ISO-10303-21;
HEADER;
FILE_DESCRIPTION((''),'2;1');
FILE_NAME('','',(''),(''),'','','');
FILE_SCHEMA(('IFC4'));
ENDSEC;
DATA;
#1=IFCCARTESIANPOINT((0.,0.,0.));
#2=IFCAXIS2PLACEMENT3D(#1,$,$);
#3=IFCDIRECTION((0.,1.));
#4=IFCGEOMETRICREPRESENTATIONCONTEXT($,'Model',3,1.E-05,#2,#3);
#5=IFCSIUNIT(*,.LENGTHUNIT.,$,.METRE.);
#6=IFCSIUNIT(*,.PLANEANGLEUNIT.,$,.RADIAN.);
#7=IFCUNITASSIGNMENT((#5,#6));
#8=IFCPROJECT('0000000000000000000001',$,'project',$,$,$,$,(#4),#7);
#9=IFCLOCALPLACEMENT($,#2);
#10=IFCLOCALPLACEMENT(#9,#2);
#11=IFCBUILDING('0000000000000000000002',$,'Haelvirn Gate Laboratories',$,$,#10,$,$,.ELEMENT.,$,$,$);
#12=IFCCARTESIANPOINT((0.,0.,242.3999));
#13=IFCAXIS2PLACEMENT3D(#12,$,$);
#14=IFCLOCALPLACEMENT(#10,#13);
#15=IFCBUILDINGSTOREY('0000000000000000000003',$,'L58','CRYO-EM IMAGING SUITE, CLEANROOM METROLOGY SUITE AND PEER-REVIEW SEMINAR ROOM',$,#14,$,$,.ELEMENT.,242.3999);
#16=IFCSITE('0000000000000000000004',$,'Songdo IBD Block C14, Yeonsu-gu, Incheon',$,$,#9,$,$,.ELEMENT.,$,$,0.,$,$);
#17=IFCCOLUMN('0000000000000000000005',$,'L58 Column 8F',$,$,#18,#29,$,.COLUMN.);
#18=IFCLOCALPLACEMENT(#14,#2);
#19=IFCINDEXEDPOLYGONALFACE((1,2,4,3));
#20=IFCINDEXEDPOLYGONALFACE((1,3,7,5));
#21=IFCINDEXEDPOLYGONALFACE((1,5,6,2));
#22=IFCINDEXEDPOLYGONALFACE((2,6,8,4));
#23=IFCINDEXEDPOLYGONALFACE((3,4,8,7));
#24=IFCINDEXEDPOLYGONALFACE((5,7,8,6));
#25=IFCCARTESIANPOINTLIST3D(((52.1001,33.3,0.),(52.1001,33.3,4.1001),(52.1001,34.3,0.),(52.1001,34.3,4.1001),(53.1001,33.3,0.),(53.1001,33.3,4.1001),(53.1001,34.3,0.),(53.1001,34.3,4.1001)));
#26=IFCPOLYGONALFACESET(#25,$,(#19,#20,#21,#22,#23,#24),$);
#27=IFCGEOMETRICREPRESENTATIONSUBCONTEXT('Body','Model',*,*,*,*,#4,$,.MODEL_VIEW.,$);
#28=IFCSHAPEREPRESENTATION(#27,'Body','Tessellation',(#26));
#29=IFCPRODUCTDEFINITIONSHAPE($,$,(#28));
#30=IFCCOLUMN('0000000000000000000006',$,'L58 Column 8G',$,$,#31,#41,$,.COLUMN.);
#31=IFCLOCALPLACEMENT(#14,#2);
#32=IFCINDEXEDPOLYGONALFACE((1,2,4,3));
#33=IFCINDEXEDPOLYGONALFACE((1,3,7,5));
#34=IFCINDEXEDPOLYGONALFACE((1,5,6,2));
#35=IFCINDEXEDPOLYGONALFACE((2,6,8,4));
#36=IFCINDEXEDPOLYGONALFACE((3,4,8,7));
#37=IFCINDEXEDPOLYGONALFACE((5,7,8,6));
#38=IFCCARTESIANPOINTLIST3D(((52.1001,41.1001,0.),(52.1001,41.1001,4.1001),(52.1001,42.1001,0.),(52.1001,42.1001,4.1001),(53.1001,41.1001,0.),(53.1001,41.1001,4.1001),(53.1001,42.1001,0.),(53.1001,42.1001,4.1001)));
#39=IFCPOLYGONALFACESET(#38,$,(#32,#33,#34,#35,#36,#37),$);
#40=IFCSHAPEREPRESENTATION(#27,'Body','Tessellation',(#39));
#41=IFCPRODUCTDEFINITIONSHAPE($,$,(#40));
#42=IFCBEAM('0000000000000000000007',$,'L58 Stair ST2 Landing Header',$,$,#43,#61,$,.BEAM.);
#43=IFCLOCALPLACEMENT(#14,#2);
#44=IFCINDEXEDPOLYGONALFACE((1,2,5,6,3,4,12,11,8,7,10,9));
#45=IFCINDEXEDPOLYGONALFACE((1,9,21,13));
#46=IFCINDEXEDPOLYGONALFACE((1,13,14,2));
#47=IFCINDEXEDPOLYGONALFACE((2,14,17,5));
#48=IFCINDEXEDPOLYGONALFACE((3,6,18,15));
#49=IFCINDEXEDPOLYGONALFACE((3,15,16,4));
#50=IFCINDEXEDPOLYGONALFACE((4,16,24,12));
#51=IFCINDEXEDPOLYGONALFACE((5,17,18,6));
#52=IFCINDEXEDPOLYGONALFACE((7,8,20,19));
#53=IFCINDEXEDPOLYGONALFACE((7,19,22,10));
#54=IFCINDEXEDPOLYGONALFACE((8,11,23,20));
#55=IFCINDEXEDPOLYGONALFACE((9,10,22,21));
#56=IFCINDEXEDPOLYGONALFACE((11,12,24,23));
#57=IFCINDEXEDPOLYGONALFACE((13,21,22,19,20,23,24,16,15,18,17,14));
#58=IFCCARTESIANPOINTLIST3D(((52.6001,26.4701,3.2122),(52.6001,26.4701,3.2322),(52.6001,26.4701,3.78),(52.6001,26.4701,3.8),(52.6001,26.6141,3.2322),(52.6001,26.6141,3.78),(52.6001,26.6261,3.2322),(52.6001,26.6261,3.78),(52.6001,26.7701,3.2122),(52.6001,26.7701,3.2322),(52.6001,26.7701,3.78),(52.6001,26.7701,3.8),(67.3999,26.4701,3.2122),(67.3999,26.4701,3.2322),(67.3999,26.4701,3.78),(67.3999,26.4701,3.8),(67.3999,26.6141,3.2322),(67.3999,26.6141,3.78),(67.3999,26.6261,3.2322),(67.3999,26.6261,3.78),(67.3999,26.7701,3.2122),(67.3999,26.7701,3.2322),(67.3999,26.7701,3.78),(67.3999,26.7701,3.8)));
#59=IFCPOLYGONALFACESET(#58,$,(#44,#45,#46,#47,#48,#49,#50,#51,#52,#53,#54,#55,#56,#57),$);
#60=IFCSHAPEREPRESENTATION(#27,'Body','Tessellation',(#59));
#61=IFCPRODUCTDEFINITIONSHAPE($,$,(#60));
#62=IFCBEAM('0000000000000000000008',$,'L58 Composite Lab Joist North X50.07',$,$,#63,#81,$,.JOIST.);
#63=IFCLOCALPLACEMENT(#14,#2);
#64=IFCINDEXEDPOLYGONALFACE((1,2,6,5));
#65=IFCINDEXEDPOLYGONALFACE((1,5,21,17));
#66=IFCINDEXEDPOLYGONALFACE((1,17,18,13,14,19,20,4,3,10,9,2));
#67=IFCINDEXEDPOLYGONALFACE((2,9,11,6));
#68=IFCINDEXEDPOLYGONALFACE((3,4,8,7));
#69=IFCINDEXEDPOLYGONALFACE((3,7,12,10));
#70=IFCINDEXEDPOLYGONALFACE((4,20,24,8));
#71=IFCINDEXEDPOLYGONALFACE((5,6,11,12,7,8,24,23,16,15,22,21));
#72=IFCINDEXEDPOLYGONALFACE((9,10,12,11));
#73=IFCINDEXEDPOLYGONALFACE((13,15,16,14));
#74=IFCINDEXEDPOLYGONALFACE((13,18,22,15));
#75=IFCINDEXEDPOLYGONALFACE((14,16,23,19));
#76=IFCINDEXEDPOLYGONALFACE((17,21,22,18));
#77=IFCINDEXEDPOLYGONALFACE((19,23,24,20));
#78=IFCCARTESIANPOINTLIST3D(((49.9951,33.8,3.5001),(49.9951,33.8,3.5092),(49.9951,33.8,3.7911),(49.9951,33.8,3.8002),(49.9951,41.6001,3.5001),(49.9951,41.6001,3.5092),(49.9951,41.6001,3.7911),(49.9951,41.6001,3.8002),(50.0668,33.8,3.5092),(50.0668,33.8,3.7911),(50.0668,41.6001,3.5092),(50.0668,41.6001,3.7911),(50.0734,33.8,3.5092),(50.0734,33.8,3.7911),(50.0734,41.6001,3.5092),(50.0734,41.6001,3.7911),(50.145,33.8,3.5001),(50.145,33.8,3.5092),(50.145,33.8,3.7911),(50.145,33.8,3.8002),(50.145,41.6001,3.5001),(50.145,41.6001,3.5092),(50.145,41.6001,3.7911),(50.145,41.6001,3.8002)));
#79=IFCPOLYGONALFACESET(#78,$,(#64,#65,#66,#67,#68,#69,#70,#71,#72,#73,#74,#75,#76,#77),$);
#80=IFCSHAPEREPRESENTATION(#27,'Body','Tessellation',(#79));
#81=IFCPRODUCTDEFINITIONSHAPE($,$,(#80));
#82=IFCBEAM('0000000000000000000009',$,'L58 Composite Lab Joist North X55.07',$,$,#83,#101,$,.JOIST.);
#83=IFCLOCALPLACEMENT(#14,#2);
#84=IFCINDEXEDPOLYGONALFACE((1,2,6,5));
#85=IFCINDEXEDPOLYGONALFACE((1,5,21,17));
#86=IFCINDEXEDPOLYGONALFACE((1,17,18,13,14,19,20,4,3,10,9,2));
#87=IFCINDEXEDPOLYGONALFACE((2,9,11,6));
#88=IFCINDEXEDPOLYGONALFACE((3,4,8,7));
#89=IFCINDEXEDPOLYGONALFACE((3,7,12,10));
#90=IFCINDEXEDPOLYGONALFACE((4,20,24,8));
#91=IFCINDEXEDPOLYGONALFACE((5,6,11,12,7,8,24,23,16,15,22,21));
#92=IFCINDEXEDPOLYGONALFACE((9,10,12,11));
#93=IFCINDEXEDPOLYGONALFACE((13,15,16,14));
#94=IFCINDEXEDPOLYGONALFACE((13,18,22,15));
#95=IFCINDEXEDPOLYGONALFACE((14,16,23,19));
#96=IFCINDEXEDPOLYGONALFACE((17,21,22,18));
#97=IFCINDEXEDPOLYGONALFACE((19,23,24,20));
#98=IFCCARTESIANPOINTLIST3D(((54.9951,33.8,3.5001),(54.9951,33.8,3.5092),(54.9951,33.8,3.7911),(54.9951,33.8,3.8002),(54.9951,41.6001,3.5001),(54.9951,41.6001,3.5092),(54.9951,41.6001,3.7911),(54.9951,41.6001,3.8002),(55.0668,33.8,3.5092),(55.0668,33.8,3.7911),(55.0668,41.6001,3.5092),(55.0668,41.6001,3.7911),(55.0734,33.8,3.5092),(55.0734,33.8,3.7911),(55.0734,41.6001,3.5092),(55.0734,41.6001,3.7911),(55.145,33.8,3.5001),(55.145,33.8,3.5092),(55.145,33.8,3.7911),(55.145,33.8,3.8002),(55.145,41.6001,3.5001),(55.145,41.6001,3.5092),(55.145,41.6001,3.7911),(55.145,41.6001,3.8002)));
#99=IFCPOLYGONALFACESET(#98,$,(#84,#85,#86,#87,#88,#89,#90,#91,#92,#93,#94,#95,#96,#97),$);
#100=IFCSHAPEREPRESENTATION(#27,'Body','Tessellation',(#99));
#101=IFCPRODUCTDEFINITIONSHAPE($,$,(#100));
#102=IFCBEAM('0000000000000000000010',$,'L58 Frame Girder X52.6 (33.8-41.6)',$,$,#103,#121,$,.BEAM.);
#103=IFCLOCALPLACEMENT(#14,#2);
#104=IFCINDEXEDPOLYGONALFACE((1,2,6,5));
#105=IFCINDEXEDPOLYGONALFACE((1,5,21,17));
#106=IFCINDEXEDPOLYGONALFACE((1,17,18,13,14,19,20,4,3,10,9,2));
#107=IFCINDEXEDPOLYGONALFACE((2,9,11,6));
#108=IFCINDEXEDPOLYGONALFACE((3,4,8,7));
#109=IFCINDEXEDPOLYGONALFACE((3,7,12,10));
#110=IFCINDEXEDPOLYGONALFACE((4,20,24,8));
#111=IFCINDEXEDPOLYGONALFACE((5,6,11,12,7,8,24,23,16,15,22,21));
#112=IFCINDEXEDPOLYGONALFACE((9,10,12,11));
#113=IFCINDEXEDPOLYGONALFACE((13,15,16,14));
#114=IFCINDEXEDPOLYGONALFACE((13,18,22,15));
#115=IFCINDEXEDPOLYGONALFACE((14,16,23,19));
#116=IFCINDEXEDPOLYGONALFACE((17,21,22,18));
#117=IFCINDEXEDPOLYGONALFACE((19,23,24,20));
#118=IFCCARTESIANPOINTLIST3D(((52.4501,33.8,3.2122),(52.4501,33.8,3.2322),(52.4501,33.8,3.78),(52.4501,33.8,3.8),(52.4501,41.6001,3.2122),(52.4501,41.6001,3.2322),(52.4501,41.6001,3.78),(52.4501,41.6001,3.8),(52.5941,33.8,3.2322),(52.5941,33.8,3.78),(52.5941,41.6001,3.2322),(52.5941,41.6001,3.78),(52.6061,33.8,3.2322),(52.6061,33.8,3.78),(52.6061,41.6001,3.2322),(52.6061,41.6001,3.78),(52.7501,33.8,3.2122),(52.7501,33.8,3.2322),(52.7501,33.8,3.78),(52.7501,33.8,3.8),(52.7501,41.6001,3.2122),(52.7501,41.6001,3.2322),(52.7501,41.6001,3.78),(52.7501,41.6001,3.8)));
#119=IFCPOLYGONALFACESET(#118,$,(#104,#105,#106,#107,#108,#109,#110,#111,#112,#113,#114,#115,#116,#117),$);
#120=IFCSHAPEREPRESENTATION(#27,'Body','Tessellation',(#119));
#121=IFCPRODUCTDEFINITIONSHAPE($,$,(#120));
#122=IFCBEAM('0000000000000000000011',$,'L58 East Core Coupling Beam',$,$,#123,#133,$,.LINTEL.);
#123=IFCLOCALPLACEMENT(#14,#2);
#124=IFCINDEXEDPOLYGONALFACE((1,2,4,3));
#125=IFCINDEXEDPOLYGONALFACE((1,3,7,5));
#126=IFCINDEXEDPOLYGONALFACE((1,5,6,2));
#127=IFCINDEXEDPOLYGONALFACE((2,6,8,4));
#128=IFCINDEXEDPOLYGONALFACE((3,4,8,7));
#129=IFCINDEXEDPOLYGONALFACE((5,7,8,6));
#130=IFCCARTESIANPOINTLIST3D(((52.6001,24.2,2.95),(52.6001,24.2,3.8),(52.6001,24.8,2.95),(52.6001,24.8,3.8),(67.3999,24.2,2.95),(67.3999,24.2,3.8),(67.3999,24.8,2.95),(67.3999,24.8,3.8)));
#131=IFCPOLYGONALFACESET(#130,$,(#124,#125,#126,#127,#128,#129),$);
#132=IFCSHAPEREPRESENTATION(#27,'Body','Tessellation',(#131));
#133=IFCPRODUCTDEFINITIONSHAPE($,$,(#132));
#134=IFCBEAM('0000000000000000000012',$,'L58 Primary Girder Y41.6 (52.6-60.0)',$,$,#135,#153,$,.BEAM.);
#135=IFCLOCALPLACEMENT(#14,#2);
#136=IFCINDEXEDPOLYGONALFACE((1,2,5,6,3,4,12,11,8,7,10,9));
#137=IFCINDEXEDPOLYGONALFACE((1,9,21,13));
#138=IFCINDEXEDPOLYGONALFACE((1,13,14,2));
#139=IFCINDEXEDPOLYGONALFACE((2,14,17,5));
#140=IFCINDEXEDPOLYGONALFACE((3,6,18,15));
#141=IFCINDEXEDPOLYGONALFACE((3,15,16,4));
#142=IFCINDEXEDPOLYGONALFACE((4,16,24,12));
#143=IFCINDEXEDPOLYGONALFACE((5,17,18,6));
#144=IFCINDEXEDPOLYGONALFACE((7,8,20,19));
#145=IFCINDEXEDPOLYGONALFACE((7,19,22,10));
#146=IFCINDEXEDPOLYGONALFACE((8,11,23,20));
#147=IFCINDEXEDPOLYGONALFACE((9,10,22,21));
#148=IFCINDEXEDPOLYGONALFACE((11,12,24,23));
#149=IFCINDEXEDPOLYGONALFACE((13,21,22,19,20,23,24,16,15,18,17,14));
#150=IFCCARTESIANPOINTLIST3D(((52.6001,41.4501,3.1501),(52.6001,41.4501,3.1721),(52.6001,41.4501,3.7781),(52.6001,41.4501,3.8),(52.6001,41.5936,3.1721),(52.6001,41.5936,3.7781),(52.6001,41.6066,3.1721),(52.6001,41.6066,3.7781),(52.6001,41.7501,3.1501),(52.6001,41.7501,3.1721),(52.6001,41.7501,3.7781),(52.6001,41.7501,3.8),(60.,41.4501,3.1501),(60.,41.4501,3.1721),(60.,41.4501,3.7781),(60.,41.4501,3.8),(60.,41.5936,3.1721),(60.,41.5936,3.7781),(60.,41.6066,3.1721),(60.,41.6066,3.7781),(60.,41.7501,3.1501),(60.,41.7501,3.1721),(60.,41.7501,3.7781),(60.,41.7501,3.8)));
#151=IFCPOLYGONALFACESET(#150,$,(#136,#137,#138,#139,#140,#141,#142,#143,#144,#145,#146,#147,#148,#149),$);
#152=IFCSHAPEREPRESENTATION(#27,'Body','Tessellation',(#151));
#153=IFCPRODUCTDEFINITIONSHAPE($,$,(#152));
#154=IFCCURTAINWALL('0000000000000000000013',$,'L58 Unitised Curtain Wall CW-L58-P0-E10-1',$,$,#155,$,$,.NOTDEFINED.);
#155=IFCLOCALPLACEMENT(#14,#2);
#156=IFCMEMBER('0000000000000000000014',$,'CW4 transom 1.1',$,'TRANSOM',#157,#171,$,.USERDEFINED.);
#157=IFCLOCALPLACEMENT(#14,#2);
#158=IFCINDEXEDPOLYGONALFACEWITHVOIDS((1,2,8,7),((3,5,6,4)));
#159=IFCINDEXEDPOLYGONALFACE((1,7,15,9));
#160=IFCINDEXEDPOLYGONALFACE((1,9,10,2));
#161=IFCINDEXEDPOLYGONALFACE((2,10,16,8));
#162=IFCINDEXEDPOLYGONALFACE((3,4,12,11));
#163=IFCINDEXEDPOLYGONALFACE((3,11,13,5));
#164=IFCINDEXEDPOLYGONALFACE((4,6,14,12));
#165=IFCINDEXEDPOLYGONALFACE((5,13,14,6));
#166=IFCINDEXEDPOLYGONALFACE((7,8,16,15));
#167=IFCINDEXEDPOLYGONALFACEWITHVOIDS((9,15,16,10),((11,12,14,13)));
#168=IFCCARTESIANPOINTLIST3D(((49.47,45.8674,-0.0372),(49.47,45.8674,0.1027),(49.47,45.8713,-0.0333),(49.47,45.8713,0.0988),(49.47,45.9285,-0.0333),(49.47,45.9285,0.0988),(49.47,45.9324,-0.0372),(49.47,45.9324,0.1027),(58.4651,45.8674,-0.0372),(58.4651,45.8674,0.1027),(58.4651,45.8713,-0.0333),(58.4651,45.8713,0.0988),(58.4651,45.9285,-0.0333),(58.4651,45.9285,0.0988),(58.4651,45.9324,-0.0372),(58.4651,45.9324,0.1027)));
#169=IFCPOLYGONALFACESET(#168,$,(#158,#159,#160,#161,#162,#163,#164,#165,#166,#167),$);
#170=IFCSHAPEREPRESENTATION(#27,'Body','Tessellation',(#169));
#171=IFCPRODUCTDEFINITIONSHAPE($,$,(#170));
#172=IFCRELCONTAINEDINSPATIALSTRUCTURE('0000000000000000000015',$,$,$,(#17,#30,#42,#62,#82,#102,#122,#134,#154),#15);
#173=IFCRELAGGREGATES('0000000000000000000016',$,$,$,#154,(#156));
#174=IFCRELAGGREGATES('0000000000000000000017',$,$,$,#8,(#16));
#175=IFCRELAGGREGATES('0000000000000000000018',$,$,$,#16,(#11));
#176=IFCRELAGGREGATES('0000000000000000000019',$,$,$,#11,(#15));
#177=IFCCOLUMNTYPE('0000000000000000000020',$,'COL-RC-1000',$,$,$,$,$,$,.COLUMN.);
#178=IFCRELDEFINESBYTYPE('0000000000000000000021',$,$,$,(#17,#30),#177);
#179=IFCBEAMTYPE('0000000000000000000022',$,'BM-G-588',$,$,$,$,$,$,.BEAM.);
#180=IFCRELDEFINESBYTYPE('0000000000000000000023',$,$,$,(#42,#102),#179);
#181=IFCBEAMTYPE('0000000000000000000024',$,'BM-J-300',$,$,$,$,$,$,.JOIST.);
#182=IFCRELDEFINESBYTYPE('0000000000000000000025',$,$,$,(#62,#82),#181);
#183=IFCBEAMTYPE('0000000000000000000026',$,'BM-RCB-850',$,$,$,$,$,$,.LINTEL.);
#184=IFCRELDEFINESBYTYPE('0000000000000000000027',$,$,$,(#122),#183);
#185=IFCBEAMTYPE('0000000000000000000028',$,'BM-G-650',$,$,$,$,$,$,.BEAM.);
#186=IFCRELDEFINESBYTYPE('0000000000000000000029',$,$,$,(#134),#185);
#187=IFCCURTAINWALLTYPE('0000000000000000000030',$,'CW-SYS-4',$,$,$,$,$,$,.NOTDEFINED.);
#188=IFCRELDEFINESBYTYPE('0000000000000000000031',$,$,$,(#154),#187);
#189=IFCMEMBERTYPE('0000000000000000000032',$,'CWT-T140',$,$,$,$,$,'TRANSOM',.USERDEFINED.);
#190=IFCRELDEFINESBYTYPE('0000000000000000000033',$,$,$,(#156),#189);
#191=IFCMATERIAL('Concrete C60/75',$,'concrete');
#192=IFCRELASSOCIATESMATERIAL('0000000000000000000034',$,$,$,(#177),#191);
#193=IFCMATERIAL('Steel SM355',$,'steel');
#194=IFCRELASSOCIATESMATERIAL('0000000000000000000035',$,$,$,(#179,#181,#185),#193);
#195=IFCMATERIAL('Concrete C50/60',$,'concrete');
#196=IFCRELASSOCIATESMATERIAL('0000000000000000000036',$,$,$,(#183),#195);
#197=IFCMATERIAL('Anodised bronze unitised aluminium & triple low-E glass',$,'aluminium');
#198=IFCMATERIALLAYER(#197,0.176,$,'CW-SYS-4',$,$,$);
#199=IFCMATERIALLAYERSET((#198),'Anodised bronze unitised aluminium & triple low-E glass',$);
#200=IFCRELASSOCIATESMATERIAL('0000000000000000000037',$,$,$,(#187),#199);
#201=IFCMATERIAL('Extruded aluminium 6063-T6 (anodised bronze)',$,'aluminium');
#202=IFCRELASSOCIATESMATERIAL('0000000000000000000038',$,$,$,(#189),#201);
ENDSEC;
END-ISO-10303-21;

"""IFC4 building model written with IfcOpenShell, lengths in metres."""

from ifc_helpers import new_model, si_unit, direction, frame, origin, origin_2d, place, context, subcontext, project, spatial, rectangle, hollow_rectangle, i_section, extrude, source, transform, mapped, material, layer, layer_set, material_profile, profile_set, type_object, type_shapes, element, aggregate, save


model = new_model("IFC4")

# Units and contexts
model_context = context("Model", 3, precision=1e-05, world=origin(), true_north=direction((0.0, 1.0)))
body_context = subcontext(model_context, "Body", "Model", "MODEL_VIEW")
ifc_project = project(units=[si_unit("LENGTHUNIT", "METRE"), si_unit("PLANEANGLEUNIT", "RADIAN")], contexts=[model_context])

# Site, building, storey
site_placement = place(None, origin())
site = spatial("IfcSite", under=ifc_project, at=site_placement, Name="Songdo IBD Block C14, Yeonsu-gu, Incheon", CompositionType="ELEMENT", RefElevation=0.0)
building_placement = place(site_placement, origin())
building = spatial("IfcBuilding", under=site, at=building_placement, Name="Haelvirn Gate Laboratories", CompositionType="ELEMENT")
storey_placement = place(building_placement, frame((0.0, 0.0, 242.3999)))
storey = spatial("IfcBuildingStorey", under=building, at=storey_placement, Name="L58", Description="CRYO-EM IMAGING SUITE, CLEANROOM METROLOGY SUITE AND PEER-REVIEW SEMINAR ROOM", CompositionType="ELEMENT", Elevation=242.3999)

# Columns
ifc_material_1 = material(Name="Concrete C60/75", Category="concrete")
ifc_material_profile_1 = material_profile(ifc_material_1, rectangle(XDim=1.0, YDim=1.0, at=origin_2d()), Name="RC-1000x1000")
ifc_profile_set_1 = profile_set([ifc_material_profile_1], Name="Concrete C60/75")
column_type = type_object("IfcColumnType", Name="COL-RC-1000", PredefinedType="COLUMN", material=ifc_profile_set_1)
shared_shape_1 = source(origin(), body_context, "Body", "SweptSolid", [
    extrude(rectangle(XDim=1.0, YDim=1.0, at=origin_2d()), origin(), (0.0, 0.0, 1.0), 4.1001),
])
type_shapes(column_type, [shared_shape_1])
for number, where, z_axis, x_axis, name in (
    (1, (52.6001, 33.8, 0.0), (0.0, 0.0, 1.0), (1.0, 0.0, 0.0), "L58 Column 8F"),
    (2, (52.6001, 41.6001, 0.0), (0.0, 0.0, 1.0), (1.0, 0.0, 0.0), "L58 Column 8G"),
):
    element("IfcColumn", number, at=place(storey_placement, frame(where, z_axis=z_axis, x_axis=x_axis)), inside=storey, type_object=column_type, Name=name, PredefinedType="COLUMN", context=body_context, shape_type="MappedRepresentation", body=[
        mapped(shared_shape_1, transform((0.0, 0.0, 0.0), scale=1.0)),
    ])

# Beams
ifc_material_2 = material(Name="Steel SM355", Category="steel")
ifc_material_profile_2 = material_profile(ifc_material_2, i_section(OverallWidth=0.3, OverallDepth=0.5879, WebThickness=0.012, FlangeThickness=0.02, at=origin_2d()), Name="H-588x300x12x20")
ifc_profile_set_2 = profile_set([ifc_material_profile_2], Name="Steel SM355")
beam_type_1 = type_object("IfcBeamType", Name="BM-G-588", PredefinedType="BEAM", material=ifc_profile_set_2)
shared_shape_2 = source(origin(), body_context, "Body", "SweptSolid", [
    extrude(i_section(OverallWidth=0.3, OverallDepth=0.5879, WebThickness=0.012, FlangeThickness=0.02, at=origin_2d()), origin(), (0.0, 0.0, 1.0), 14.7998),
])
beam_1_placement = place(storey_placement, frame((52.6001, 26.6201, 3.5061), z_axis=(1.0, 0.0, 0.0), x_axis=(0.0, 1.0, 0.0)))
element("IfcBeam", 3, at=beam_1_placement, inside=storey, type_object=beam_type_1, Name="L58 Stair ST2 Landing Header", PredefinedType="BEAM", context=body_context, shape_type="MappedRepresentation", body=[
    mapped(shared_shape_2, transform((0.0, 0.0, 0.0), scale=1.0)),
])
ifc_material_profile_3 = material_profile(ifc_material_2, i_section(OverallWidth=0.1499, OverallDepth=0.3, WebThickness=0.0066, FlangeThickness=0.009, at=origin_2d()), Name="H-300x150x6.5x9")
ifc_profile_set_3 = profile_set([ifc_material_profile_3], Name="Steel SM355")
beam_type_2 = type_object("IfcBeamType", Name="BM-J-300", PredefinedType="JOIST", material=ifc_profile_set_3)
shared_shape_3 = source(origin(), body_context, "Body", "SweptSolid", [
    extrude(i_section(OverallWidth=0.1499, OverallDepth=0.3, WebThickness=0.0066, FlangeThickness=0.009, at=origin_2d()), origin(), (0.0, 0.0, 1.0), 7.8),
])
type_shapes(beam_type_2, [shared_shape_3])
for number, where, z_axis, x_axis, name in (
    (4, (50.0701, 33.8, 3.6501), (0.0, 1.0, 0.0), (-1.0, 0.0, 0.0), "L58 Composite Lab Joist North X50.07"),
    (5, (55.0701, 33.8, 3.6501), (0.0, 1.0, 0.0), (-1.0, 0.0, 0.0), "L58 Composite Lab Joist North X55.07"),
):
    element("IfcBeam", number, at=place(storey_placement, frame(where, z_axis=z_axis, x_axis=x_axis)), inside=storey, type_object=beam_type_2, Name=name, PredefinedType="JOIST", context=body_context, shape_type="MappedRepresentation", body=[
        mapped(shared_shape_3, transform((0.0, 0.0, 0.0), scale=1.0)),
    ])
shared_shape_4 = source(origin(), body_context, "Body", "SweptSolid", [
    extrude(i_section(OverallWidth=0.3, OverallDepth=0.5879, WebThickness=0.012, FlangeThickness=0.02, at=origin_2d()), origin(), (0.0, 0.0, 1.0), 7.8),
])
type_shapes(beam_type_1, [shared_shape_2, shared_shape_4])
beam_2_placement = place(storey_placement, frame((52.6001, 33.8, 3.5061), z_axis=(0.0, 1.0, 0.0), x_axis=(-1.0, 0.0, 0.0)))
element("IfcBeam", 6, at=beam_2_placement, inside=storey, type_object=beam_type_1, Name="L58 Frame Girder X52.6 (33.8-41.6)", PredefinedType="BEAM", context=body_context, shape_type="MappedRepresentation", body=[
    mapped(shared_shape_4, transform((0.0, 0.0, 0.0), scale=1.0)),
])
ifc_material_3 = material(Name="Concrete C50/60", Category="concrete")
ifc_material_profile_4 = material_profile(ifc_material_3, rectangle(XDim=0.6001, YDim=0.8501, at=origin_2d()), Name="RCB-600x850")
ifc_profile_set_4 = profile_set([ifc_material_profile_4], Name="Concrete C50/60")
beam_type_3 = type_object("IfcBeamType", Name="BM-RCB-850", PredefinedType="LINTEL", material=ifc_profile_set_4)
shared_shape_5 = source(origin(), body_context, "Body", "SweptSolid", [
    extrude(rectangle(XDim=0.6001, YDim=0.8501, at=origin_2d()), origin(), (0.0, 0.0, 1.0), 14.7998),
])
type_shapes(beam_type_3, [shared_shape_5])
beam_3_placement = place(storey_placement, frame((52.6001, 24.5, 3.375), z_axis=(1.0, 0.0, 0.0), x_axis=(0.0, 1.0, 0.0)))
element("IfcBeam", 7, at=beam_3_placement, inside=storey, type_object=beam_type_3, Name="L58 East Core Coupling Beam", PredefinedType="LINTEL", context=body_context, shape_type="MappedRepresentation", body=[
    mapped(shared_shape_5, transform((0.0, 0.0, 0.0), scale=1.0)),
])
ifc_material_profile_5 = material_profile(ifc_material_2, i_section(OverallWidth=0.3, OverallDepth=0.6499, WebThickness=0.0129, FlangeThickness=0.022, at=origin_2d()), Name="H-650x300x13x22")
ifc_profile_set_5 = profile_set([ifc_material_profile_5], Name="Steel SM355")
beam_type_4 = type_object("IfcBeamType", Name="BM-G-650", PredefinedType="BEAM", material=ifc_profile_set_5)
shared_shape_6 = source(origin(), body_context, "Body", "SweptSolid", [
    extrude(i_section(OverallWidth=0.3, OverallDepth=0.6499, WebThickness=0.0129, FlangeThickness=0.022, at=origin_2d()), origin(), (0.0, 0.0, 1.0), 7.3999),
])
type_shapes(beam_type_4, [shared_shape_6])
beam_4_placement = place(storey_placement, frame((52.6001, 41.6001, 3.4751), z_axis=(1.0, 0.0, 0.0), x_axis=(0.0, 1.0, 0.0)))
element("IfcBeam", 8, at=beam_4_placement, inside=storey, type_object=beam_type_4, Name="L58 Primary Girder Y41.6 (52.6-60.0)", PredefinedType="BEAM", context=body_context, shape_type="MappedRepresentation", body=[
    mapped(shared_shape_6, transform((0.0, 0.0, 0.0), scale=1.0)),
])

# Curtain wall, member
ifc_material_4 = material(Name="Anodised bronze unitised aluminium & triple low-E glass", Category="aluminium")
ifc_layer_1 = layer(ifc_material_4, 0.176, Name="CW-SYS-4")
ifc_layer_set_1 = layer_set([ifc_layer_1], Name="Anodised bronze unitised aluminium & triple low-E glass")
curtain_wall_type = type_object("IfcCurtainWallType", Name="CW-SYS-4", PredefinedType="NOTDEFINED", material=ifc_layer_set_1)
curtain_wall_1_placement = place(storey_placement, origin())
curtain_wall_1 = element("IfcCurtainWall", 9, at=curtain_wall_1_placement, inside=storey, type_object=curtain_wall_type, Name="L58 Unitised Curtain Wall CW-L58-P0-E10-1", PredefinedType="NOTDEFINED")
ifc_material_5 = material(Name="Extruded aluminium 6063-T6 (anodised bronze)", Category="aluminium")
ifc_material_profile_6 = material_profile(ifc_material_5, hollow_rectangle(XDim=0.0649, YDim=0.1399, WallThickness=0.0039, at=origin_2d()), Name="CWT-140x65x4")
ifc_profile_set_6 = profile_set([ifc_material_profile_6], Name="Extruded aluminium 6063-T6 (anodised bronze)")
member_type_1 = type_object("IfcMemberType", Name="CWT-T140", ElementType="TRANSOM", PredefinedType="USERDEFINED", material=ifc_profile_set_6)
shared_shape_7 = source(origin(), body_context, "Body", "SweptSolid", [
    extrude(hollow_rectangle(XDim=0.0649, YDim=0.1399, WallThickness=0.0039, at=origin_2d()), origin(), (0.0, 0.0, 1.0), 8.9951),
])
type_shapes(member_type_1, [shared_shape_7])
member_1_placement = place(storey_placement, frame((49.47, 45.8999, 0.0327), z_axis=(1.0, 0.0, 0.0), x_axis=(0.0, 1.0, 0.0)))
member_1 = element("IfcMember", 10, at=member_1_placement, type_object=member_type_1, Name="CW4 transom 1.1", ObjectType="TRANSOM", PredefinedType="USERDEFINED", context=body_context, shape_type="MappedRepresentation", body=[
    mapped(shared_shape_7, transform((0.0, 0.0, 0.0), scale=1.0)),
])

aggregate(curtain_wall_1, [member_1])

save(model, "model.ifc")
